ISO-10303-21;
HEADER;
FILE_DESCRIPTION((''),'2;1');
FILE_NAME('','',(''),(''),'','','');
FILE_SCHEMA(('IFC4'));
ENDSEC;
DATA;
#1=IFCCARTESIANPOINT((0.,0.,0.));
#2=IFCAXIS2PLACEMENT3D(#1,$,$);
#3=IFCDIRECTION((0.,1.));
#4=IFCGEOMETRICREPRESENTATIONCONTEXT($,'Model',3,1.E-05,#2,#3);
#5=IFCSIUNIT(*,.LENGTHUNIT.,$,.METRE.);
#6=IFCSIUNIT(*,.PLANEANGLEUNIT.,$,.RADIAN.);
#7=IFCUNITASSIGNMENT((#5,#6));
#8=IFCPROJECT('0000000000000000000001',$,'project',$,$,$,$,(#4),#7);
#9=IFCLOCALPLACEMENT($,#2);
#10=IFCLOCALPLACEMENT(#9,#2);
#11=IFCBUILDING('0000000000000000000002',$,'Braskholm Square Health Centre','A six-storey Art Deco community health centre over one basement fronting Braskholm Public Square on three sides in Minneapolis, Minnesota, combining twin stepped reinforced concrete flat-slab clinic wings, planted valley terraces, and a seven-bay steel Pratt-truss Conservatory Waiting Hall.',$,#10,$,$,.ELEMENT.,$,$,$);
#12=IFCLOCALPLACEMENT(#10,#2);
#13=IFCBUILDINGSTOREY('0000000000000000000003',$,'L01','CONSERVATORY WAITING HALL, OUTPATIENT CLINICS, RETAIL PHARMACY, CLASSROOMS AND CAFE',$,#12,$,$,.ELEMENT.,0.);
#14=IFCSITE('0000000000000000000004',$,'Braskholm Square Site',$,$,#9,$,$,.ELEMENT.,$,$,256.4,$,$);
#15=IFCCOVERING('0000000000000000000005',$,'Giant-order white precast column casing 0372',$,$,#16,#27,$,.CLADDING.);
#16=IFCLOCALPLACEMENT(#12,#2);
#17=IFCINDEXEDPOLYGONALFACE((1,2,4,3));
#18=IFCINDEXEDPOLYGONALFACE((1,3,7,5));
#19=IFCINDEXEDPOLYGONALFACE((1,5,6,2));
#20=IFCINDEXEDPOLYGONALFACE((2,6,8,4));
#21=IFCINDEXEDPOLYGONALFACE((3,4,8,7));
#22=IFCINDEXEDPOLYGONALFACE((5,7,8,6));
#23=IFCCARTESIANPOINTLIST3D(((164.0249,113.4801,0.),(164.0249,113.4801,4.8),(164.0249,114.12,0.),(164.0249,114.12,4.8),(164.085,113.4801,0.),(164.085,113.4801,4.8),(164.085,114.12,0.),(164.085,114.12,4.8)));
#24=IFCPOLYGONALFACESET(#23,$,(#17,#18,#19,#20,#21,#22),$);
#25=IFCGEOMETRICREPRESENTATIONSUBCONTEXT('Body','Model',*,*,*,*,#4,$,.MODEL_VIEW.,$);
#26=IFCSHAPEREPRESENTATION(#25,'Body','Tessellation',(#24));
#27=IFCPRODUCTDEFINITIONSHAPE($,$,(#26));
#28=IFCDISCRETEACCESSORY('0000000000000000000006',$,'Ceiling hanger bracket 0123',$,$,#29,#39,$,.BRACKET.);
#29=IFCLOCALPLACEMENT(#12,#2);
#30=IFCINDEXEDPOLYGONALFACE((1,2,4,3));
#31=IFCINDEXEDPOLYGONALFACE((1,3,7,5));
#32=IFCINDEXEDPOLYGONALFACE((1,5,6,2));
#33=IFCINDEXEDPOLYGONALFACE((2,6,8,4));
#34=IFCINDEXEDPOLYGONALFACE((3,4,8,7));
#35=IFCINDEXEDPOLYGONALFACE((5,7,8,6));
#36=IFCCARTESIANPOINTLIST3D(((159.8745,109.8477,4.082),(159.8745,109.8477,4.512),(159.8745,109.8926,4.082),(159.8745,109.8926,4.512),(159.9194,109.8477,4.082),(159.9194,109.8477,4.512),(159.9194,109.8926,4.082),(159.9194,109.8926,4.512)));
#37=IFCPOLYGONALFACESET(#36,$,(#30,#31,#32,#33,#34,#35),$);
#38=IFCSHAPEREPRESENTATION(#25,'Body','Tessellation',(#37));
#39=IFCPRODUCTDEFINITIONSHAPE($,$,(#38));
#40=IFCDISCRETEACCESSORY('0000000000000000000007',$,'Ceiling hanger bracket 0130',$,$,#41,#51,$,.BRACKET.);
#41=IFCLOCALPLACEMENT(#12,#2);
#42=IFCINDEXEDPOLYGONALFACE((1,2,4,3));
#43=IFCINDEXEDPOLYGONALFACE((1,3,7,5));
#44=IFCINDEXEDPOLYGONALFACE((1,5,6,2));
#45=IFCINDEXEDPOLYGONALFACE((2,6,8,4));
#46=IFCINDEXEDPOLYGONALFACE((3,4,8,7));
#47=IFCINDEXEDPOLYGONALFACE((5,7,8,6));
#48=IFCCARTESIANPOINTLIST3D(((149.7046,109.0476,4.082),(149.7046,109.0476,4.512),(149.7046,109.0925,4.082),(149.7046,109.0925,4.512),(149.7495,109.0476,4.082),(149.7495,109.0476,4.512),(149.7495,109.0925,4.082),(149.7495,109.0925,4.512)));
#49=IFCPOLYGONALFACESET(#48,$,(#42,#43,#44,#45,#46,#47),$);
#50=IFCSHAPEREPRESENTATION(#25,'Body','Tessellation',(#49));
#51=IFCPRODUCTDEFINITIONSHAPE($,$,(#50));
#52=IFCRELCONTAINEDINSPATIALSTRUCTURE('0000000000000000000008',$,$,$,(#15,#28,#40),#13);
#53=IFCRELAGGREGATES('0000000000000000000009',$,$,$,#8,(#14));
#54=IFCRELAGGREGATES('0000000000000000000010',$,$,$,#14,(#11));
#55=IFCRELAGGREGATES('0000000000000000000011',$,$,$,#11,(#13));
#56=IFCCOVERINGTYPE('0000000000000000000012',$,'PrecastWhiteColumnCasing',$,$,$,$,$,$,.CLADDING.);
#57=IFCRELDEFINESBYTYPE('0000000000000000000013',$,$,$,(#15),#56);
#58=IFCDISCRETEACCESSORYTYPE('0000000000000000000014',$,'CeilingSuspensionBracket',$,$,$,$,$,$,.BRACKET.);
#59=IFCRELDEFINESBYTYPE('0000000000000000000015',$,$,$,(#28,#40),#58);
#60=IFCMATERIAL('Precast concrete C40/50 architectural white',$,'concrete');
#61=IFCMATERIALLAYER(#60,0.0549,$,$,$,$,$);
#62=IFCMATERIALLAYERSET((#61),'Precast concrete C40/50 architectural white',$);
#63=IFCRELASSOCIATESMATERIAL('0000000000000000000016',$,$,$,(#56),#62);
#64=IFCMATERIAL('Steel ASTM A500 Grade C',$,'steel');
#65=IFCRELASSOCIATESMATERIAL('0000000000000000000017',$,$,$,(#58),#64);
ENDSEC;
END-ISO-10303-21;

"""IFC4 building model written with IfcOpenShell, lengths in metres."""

from ifc_helpers import new_model, si_unit, direction, frame, origin, origin_2d, place, context, subcontext, project, spatial, rectangle, extrude, material, layer, layer_set, type_object, element, save


model = new_model("IFC4")

# Units and contexts
model_context = context("Model", 3, precision=1e-05, world=origin(), true_north=direction((0.0, 1.0)))
body_context = subcontext(model_context, "Body", "Model", "MODEL_VIEW")
ifc_project = project(units=[si_unit("LENGTHUNIT", "METRE"), si_unit("PLANEANGLEUNIT", "RADIAN")], contexts=[model_context])

# Site, building, storey
site_placement = place(None, origin())
site = spatial("IfcSite", under=ifc_project, at=site_placement, Name="Braskholm Square Site", CompositionType="ELEMENT", RefElevation=256.4)
building_placement = place(site_placement, origin())
building = spatial("IfcBuilding", under=site, at=building_placement, Name="Braskholm Square Health Centre", Description="A six-storey Art Deco community health centre over one basement fronting Braskholm Public Square on three sides in Minneapolis, Minnesota, combining twin stepped reinforced concrete flat-slab clinic wings, planted valley terraces, and a seven-bay steel Pratt-truss Conservatory Waiting Hall.", CompositionType="ELEMENT")
storey_placement = place(building_placement, origin())
storey = spatial("IfcBuildingStorey", under=building, at=storey_placement, Name="L01", Description="CONSERVATORY WAITING HALL, OUTPATIENT CLINICS, RETAIL PHARMACY, CLASSROOMS AND CAFE", CompositionType="ELEMENT", Elevation=0.0)

# Shared definitions
ifc_material_1 = material(Name="Precast concrete C40/50 architectural white", Category="concrete")

# Covering
ifc_layer_1 = layer(ifc_material_1, 0.0549)
ifc_layer_set_1 = layer_set([ifc_layer_1], Name="Precast concrete C40/50 architectural white")
covering_type_1 = type_object("IfcCoveringType", Name="PrecastWhiteColumnCasing", PredefinedType="CLADDING", material=ifc_layer_set_1)
covering_1_placement = place(storey_placement, frame((164.0549, 113.8, 0.0), z_axis=(0.0, 0.0, 1.0), x_axis=(1.0, 0.0, 0.0)))
element("IfcCovering", 1, at=covering_1_placement, inside=storey, type_object=covering_type_1, Name="Giant-order white precast column casing 0372", PredefinedType="CLADDING", context=body_context, shape_type="SweptSolid", body=[
    extrude(rectangle(XDim=0.0601, YDim=0.6399, at=origin_2d()), origin(), (0.0, 0.0, 1.0), 4.8),
])

# Discrete accessories
ifc_material_2 = material(Name="Steel ASTM A500 Grade C", Category="steel")
discrete_accessory_type = type_object("IfcDiscreteAccessoryType", Name="CeilingSuspensionBracket", PredefinedType="BRACKET", material=ifc_material_2)
for number, where, z_axis, x_axis, name in (
    (2, (159.897, 109.8701, 4.082), (0.0, 0.0, 1.0), (1.0, 0.0, 0.0), "Ceiling hanger bracket 0123"),
    (3, (149.7271, 109.0701, 4.082), (0.0, 0.0, 1.0), (1.0, 0.0, 0.0), "Ceiling hanger bracket 0130"),
):
    element("IfcDiscreteAccessory", number, at=place(storey_placement, frame(where, z_axis=z_axis, x_axis=x_axis)), inside=storey, type_object=discrete_accessory_type, Name=name, PredefinedType="BRACKET", context=body_context, shape_type="SweptSolid", body=[
        extrude(rectangle(XDim=0.0449, YDim=0.0449, at=origin_2d()), origin(), (0.0, 0.0, 1.0), 0.4299),
    ])

save(model, "model.ifc")
